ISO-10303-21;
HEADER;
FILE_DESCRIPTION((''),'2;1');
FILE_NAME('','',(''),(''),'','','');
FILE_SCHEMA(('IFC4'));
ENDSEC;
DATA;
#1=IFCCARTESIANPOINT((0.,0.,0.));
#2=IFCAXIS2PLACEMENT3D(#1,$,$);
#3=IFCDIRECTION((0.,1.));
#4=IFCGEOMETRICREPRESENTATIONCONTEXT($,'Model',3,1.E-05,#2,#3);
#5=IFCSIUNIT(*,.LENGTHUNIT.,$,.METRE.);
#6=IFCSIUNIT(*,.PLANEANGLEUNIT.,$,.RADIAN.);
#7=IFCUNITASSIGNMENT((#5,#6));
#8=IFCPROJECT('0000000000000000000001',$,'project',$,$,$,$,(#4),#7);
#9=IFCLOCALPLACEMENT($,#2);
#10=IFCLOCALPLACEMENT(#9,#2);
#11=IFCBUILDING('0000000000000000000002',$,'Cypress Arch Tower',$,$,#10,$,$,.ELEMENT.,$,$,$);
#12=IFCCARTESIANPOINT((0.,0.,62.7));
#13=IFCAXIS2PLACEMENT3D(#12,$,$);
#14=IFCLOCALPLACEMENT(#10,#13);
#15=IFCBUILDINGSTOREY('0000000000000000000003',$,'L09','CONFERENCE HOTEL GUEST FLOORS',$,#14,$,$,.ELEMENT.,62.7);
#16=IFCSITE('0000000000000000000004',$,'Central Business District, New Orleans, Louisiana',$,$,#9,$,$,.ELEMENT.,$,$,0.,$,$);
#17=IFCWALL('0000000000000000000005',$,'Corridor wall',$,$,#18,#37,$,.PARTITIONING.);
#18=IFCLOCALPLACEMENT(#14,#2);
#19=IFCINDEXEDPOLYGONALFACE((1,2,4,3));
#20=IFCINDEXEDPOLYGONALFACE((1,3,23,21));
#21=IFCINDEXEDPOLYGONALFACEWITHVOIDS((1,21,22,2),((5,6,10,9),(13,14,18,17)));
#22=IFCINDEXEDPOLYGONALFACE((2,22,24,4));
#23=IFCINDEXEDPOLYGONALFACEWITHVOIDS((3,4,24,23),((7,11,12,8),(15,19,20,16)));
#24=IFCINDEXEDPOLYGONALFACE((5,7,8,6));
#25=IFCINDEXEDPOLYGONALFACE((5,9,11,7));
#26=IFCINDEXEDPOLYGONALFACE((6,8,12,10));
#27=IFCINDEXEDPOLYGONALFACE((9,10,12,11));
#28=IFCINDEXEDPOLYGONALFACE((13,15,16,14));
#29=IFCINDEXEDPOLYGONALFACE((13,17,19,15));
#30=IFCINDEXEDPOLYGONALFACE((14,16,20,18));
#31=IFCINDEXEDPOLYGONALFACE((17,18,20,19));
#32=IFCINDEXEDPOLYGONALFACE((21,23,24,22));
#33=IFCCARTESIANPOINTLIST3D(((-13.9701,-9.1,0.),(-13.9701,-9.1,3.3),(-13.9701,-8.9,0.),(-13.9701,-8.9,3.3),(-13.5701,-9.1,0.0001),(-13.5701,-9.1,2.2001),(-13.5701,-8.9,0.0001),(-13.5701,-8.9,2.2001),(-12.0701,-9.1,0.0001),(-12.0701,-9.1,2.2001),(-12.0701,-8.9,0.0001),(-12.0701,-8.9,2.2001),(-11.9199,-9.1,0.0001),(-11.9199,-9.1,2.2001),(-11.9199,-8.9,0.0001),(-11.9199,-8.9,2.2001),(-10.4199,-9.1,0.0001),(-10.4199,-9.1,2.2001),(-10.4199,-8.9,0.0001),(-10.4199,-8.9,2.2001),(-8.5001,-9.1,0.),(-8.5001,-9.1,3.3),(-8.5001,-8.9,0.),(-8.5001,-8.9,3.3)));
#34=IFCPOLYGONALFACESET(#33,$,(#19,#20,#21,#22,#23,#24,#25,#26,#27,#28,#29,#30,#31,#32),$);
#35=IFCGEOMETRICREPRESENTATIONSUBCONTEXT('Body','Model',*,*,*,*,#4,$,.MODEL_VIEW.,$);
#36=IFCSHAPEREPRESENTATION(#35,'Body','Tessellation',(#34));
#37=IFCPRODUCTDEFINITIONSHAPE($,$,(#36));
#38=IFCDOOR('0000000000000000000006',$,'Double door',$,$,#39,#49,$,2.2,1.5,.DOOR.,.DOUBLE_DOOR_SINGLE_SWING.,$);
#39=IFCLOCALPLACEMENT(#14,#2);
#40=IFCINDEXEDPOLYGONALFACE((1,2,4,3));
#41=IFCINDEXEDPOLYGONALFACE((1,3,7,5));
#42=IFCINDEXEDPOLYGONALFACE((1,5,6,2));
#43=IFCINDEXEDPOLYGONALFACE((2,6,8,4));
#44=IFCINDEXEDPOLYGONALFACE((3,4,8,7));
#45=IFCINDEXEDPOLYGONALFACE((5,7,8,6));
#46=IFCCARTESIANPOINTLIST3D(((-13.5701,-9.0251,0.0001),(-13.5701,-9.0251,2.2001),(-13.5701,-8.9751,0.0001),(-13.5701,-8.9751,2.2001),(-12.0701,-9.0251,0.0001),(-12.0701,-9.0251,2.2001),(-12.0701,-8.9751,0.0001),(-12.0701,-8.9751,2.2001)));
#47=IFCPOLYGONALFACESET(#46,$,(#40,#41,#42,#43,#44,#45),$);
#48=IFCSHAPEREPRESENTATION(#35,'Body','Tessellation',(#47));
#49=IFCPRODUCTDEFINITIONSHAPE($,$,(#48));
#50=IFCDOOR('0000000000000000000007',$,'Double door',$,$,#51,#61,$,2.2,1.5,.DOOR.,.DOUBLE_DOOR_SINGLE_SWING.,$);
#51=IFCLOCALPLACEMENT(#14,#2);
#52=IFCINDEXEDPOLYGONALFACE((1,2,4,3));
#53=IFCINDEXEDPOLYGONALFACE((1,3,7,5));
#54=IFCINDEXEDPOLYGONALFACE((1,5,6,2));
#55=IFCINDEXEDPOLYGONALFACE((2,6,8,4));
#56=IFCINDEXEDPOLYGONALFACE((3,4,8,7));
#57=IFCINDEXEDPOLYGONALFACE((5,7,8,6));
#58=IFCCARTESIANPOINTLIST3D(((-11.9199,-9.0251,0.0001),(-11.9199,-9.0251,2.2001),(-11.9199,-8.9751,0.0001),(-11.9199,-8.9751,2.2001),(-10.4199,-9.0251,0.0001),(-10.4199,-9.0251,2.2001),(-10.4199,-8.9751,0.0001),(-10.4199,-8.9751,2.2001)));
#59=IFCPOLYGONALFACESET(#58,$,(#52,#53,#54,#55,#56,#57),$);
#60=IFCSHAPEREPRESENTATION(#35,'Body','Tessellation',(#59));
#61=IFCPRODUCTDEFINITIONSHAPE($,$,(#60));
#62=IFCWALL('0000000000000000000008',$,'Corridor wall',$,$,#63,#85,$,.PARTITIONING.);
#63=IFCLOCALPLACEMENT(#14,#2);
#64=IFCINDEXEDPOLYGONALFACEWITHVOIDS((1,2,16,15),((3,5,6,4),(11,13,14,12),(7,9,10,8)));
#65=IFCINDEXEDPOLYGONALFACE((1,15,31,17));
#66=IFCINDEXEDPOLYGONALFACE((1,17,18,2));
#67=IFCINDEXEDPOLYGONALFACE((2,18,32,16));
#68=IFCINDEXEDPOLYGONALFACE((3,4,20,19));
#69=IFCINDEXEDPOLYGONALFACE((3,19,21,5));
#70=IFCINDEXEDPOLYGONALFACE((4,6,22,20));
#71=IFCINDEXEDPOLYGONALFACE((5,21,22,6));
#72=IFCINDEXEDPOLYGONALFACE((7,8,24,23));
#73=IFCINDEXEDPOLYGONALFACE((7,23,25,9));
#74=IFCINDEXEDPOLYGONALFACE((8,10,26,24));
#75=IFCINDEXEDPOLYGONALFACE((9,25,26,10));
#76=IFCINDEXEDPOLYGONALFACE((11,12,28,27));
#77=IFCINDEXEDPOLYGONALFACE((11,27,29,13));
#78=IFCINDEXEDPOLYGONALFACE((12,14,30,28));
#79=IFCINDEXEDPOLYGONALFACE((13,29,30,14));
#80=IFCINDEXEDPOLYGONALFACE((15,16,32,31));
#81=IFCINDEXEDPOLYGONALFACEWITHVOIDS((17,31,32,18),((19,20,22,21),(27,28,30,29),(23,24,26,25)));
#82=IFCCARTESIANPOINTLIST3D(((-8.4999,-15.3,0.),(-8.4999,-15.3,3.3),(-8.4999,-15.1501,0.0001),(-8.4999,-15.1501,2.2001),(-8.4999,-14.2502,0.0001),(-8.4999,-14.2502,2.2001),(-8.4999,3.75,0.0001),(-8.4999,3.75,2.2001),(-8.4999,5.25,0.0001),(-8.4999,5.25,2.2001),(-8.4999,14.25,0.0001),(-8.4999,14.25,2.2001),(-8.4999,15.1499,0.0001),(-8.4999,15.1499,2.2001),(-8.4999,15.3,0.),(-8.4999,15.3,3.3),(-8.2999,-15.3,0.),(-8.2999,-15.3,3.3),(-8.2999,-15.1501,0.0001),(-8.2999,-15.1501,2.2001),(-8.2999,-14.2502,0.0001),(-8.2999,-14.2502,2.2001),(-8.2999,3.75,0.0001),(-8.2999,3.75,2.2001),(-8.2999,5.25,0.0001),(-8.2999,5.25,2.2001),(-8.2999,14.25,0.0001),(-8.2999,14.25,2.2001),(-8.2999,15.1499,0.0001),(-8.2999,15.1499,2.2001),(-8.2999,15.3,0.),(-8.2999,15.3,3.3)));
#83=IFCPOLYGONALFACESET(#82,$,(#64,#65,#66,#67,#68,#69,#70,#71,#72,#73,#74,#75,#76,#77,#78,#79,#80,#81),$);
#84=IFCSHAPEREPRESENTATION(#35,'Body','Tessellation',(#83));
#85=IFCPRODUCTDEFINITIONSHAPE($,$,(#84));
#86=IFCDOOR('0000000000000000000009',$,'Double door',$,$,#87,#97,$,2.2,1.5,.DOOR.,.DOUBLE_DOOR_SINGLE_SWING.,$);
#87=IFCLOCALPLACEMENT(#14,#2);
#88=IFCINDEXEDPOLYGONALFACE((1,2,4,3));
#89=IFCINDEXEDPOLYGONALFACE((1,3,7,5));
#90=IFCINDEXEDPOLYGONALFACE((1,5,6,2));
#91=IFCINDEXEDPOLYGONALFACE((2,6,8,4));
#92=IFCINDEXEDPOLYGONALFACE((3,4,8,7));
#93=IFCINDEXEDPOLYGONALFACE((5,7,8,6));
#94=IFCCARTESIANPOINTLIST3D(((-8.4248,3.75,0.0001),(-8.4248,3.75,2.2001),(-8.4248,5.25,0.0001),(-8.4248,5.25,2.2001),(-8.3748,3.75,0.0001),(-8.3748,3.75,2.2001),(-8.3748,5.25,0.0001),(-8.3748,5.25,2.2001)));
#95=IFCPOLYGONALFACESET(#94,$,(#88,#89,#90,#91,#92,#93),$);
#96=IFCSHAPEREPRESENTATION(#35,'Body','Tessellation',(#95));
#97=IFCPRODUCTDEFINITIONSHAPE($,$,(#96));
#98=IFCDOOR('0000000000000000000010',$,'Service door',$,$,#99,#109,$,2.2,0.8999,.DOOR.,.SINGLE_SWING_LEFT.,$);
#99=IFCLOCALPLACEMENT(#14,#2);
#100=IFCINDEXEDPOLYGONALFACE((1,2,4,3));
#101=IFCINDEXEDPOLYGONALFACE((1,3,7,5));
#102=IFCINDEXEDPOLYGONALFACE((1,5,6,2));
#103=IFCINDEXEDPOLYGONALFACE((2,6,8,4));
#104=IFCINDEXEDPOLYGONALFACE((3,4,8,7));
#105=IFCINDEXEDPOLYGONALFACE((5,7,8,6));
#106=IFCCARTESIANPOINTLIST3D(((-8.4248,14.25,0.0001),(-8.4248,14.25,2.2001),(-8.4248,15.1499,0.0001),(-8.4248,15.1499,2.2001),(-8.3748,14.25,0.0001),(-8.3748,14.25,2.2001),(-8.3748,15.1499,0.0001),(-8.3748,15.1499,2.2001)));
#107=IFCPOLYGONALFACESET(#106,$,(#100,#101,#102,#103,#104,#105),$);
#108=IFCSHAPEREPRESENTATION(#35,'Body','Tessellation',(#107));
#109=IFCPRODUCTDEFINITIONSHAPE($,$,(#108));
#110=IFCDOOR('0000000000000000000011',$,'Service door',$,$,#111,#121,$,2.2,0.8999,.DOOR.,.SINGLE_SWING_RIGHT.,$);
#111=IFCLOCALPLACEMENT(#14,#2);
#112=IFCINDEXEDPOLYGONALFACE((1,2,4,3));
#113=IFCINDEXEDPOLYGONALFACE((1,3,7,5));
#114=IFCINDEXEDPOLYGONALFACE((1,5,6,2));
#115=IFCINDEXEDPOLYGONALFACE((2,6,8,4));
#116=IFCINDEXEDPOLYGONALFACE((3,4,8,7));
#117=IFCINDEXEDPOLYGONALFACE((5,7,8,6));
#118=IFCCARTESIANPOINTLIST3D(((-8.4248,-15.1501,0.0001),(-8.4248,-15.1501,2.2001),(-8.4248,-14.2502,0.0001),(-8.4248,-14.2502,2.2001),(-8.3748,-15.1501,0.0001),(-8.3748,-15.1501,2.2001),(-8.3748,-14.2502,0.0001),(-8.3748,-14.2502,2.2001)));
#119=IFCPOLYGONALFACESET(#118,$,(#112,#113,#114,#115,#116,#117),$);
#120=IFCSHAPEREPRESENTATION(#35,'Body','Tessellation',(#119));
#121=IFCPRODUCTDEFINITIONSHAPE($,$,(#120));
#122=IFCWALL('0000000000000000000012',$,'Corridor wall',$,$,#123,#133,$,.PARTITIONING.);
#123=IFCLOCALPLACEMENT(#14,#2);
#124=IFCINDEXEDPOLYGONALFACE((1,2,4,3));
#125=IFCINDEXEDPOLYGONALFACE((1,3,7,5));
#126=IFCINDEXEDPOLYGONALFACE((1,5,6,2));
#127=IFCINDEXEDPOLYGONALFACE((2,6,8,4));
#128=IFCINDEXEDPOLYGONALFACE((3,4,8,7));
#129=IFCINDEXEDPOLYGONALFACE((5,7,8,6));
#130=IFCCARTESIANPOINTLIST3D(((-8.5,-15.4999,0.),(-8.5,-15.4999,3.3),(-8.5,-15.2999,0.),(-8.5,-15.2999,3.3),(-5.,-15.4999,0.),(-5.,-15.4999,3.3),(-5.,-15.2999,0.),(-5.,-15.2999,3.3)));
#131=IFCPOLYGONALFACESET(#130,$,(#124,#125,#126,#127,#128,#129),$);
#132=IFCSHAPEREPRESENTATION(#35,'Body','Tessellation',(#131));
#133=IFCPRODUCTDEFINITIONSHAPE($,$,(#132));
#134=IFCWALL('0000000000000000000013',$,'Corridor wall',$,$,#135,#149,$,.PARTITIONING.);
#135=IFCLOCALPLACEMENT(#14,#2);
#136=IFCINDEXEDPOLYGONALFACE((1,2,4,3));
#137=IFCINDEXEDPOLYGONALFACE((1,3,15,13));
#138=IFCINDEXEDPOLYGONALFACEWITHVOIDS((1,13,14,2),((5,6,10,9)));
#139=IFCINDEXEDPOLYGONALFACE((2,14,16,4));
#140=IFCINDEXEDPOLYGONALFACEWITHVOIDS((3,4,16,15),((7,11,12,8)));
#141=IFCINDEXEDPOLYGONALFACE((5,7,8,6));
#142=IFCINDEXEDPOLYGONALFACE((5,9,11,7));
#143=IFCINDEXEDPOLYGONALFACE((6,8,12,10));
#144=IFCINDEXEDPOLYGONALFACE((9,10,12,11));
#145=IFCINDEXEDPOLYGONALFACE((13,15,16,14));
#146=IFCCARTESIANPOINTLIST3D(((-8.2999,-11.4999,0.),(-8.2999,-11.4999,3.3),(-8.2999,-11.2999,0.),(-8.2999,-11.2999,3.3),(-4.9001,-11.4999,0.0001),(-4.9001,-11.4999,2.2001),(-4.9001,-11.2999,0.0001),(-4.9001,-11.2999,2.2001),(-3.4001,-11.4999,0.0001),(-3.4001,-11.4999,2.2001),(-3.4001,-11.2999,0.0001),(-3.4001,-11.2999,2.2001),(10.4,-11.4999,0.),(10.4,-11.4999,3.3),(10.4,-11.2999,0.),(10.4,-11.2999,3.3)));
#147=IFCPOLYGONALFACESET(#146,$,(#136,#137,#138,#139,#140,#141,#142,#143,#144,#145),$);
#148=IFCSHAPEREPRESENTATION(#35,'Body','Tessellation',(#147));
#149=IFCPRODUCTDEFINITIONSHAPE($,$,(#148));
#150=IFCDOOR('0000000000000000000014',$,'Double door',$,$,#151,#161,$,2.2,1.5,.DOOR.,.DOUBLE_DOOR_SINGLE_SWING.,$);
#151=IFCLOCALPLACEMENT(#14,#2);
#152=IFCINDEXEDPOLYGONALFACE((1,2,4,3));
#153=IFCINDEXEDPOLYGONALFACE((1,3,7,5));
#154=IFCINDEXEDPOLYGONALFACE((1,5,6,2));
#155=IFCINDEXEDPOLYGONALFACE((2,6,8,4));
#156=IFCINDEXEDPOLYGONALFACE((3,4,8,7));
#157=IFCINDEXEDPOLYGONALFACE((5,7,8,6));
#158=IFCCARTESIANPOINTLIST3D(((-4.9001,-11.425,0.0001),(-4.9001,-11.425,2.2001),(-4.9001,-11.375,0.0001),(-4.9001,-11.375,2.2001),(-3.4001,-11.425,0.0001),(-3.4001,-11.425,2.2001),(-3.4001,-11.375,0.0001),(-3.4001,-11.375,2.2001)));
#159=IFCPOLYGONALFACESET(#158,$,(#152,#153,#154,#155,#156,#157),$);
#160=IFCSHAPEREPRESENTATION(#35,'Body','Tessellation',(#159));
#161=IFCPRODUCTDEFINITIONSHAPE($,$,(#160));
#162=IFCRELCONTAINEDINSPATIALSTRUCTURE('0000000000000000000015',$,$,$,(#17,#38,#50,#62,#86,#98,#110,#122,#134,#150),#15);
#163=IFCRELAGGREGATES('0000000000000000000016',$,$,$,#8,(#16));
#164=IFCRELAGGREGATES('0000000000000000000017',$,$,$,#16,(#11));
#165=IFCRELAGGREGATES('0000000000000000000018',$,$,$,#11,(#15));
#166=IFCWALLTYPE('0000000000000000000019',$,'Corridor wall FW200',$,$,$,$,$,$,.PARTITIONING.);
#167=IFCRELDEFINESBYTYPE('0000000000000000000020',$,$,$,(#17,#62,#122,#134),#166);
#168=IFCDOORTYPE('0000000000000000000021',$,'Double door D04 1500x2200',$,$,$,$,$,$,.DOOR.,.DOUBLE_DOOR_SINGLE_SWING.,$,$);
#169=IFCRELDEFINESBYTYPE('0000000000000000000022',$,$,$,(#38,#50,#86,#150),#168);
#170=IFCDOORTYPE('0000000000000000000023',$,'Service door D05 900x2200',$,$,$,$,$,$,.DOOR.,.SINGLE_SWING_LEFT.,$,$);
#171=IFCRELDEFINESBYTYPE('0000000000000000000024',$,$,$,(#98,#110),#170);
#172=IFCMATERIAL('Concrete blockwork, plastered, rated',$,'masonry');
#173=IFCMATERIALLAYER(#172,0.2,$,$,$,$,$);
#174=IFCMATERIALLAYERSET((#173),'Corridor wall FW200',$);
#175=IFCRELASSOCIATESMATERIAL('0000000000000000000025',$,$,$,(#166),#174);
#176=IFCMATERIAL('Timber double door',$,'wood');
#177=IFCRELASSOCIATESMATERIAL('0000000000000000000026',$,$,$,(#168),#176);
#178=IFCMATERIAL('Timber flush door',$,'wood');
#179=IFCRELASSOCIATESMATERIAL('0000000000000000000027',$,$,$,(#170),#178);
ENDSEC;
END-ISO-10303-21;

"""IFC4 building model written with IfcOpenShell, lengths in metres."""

from ifc_helpers import new_model, si_unit, direction, frame, frame_2d, origin, place, context, subcontext, project, spatial, rectangle, extrude, material, layer, layer_set, type_object, element, fill, save


model = new_model("IFC4")

# Units and contexts
model_context = context("Model", 3, precision=1e-05, world=origin(), true_north=direction((0.0, 1.0)))
body_context = subcontext(model_context, "Body", "Model", "MODEL_VIEW")
ifc_project = project(units=[si_unit("LENGTHUNIT", "METRE"), si_unit("PLANEANGLEUNIT", "RADIAN")], contexts=[model_context])

# Site, building, storey
site_placement = place(None, origin())
site = spatial("IfcSite", under=ifc_project, at=site_placement, Name="Central Business District, New Orleans, Louisiana", CompositionType="ELEMENT", RefElevation=0.0)
building_placement = place(site_placement, origin())
building = spatial("IfcBuilding", under=site, at=building_placement, Name="Cypress Arch Tower", CompositionType="ELEMENT")
storey_placement = place(building_placement, frame((0.0, 0.0, 62.7)))
storey = spatial("IfcBuildingStorey", under=building, at=storey_placement, Name="L09", Description="CONFERENCE HOTEL GUEST FLOORS", CompositionType="ELEMENT", Elevation=62.7)

# Walls, openings, doors
ifc_material_1 = material(Name="Concrete blockwork, plastered, rated", Category="masonry")
ifc_layer_1 = layer(ifc_material_1, 0.2)
ifc_layer_set_1 = layer_set([ifc_layer_1], Name="Corridor wall FW200")
wall_type_1 = type_object("IfcWallType", Name="Corridor wall FW200", PredefinedType="PARTITIONING", material=ifc_layer_set_1)
wall_1_placement = place(storey_placement, frame((-13.97, -9.0, 0.0), z_axis=(0.0, 0.0, 1.0), x_axis=(1.0, 0.0, 0.0)))
wall_1 = element("IfcWall", 1, at=wall_1_placement, inside=storey, type_object=wall_type_1, Name="Corridor wall", PredefinedType="PARTITIONING", context=body_context, shape_type="SweptSolid", body=[
    extrude(rectangle(XDim=5.47, YDim=0.2, at=frame_2d((2.7349, 0.0))), origin(), (0.0, 0.0, 1.0), 3.3),
])
opening_1_placement = place(wall_1_placement, frame((0.3999, 0.0, 0.0)))
opening_1 = element("IfcOpeningElement", 2, at=opening_1_placement, cuts=wall_1, PredefinedType="OPENING", context=body_context, shape_type="SweptSolid", body=[
    extrude(rectangle(XDim=1.5, YDim=2.2, at=frame_2d((0.75, 1.1001))), frame((0.0, 0.1099, 0.0), z_axis=(0.0, -1.0, 0.0), x_axis=(1.0, 0.0, 0.0)), (0.0, 0.0, 1.0), 0.22),
])
opening_2_placement = place(wall_1_placement, frame((2.05, 0.0, 0.0)))
opening_2 = element("IfcOpeningElement", 3, at=opening_2_placement, cuts=wall_1, PredefinedType="OPENING", context=body_context, shape_type="SweptSolid", body=[
    extrude(rectangle(XDim=1.5, YDim=2.2, at=frame_2d((0.75, 1.1001))), frame((0.0, 0.1099, 0.0), z_axis=(0.0, -1.0, 0.0), x_axis=(1.0, 0.0, 0.0)), (0.0, 0.0, 1.0), 0.22),
])
ifc_material_2 = material(Name="Timber double door", Category="wood")
door_type_1 = type_object("IfcDoorType", Name="Double door D04 1500x2200", OperationType="DOUBLE_DOOR_SINGLE_SWING", PredefinedType="DOOR", material=ifc_material_2)
door_1_placement = place(opening_1_placement, origin())
door_1 = element("IfcDoor", 4, at=door_1_placement, inside=storey, type_object=door_type_1, Name="Double door", OperationType="DOUBLE_DOOR_SINGLE_SWING", OverallHeight=2.2, OverallWidth=1.5, PredefinedType="DOOR", context=body_context, shape_type="SweptSolid", body=[
    extrude(rectangle(XDim=1.5, YDim=2.2, at=frame_2d((0.75, 1.1001))), frame((0.0, 0.0249, 0.0), z_axis=(0.0, -1.0, 0.0), x_axis=(1.0, 0.0, 0.0)), (0.0, 0.0, 1.0), 0.05),
])
fill(opening_1, door_1)
door_2_placement = place(opening_2_placement, origin())
door_2 = element("IfcDoor", 5, at=door_2_placement, inside=storey, type_object=door_type_1, Name="Double door", OperationType="DOUBLE_DOOR_SINGLE_SWING", OverallHeight=2.2, OverallWidth=1.5, PredefinedType="DOOR", context=body_context, shape_type="SweptSolid", body=[
    extrude(rectangle(XDim=1.5, YDim=2.2, at=frame_2d((0.75, 1.1001))), frame((0.0, 0.0249, 0.0), z_axis=(0.0, -1.0, 0.0), x_axis=(1.0, 0.0, 0.0)), (0.0, 0.0, 1.0), 0.05),
])
fill(opening_2, door_2)
wall_2_placement = place(storey_placement, frame((-8.3999, -15.3, 0.0), z_axis=(0.0, 0.0, 1.0), x_axis=(0.0, 1.0, 0.0)))
wall_2 = element("IfcWall", 6, at=wall_2_placement, inside=storey, type_object=wall_type_1, Name="Corridor wall", PredefinedType="PARTITIONING", context=body_context, shape_type="SweptSolid", body=[
    extrude(rectangle(XDim=30.6001, YDim=0.2, at=frame_2d((15.3, 0.0))), origin(), (0.0, 0.0, 1.0), 3.3),
])
opening_3_placement = place(wall_2_placement, frame((19.05, 0.0, 0.0)))
opening_3 = element("IfcOpeningElement", 7, at=opening_3_placement, cuts=wall_2, PredefinedType="OPENING", context=body_context, shape_type="SweptSolid", body=[
    extrude(rectangle(XDim=1.5, YDim=2.2, at=frame_2d((0.75, 1.1001))), frame((0.0, 0.1099, 0.0), z_axis=(0.0, -1.0, 0.0), x_axis=(1.0, 0.0, 0.0)), (0.0, 0.0, 1.0), 0.22),
])
opening_4_placement = place(wall_2_placement, frame((29.55, 0.0, 0.0)))
opening_4 = element("IfcOpeningElement", 8, at=opening_4_placement, cuts=wall_2, PredefinedType="OPENING", context=body_context, shape_type="SweptSolid", body=[
    extrude(rectangle(XDim=0.8999, YDim=2.2, at=frame_2d((0.45, 1.1001))), frame((0.0, 0.1099, 0.0), z_axis=(0.0, -1.0, 0.0), x_axis=(1.0, 0.0, 0.0)), (0.0, 0.0, 1.0), 0.22),
])
opening_5_placement = place(wall_2_placement, frame((0.1499, 0.0, 0.0)))
opening_5 = element("IfcOpeningElement", 9, at=opening_5_placement, cuts=wall_2, PredefinedType="OPENING", context=body_context, shape_type="SweptSolid", body=[
    extrude(rectangle(XDim=0.8999, YDim=2.2, at=frame_2d((0.45, 1.1001))), frame((0.0, 0.1099, 0.0), z_axis=(0.0, -1.0, 0.0), x_axis=(1.0, 0.0, 0.0)), (0.0, 0.0, 1.0), 0.22),
])
door_3_placement = place(opening_3_placement, origin())
door_3 = element("IfcDoor", 10, at=door_3_placement, inside=storey, type_object=door_type_1, Name="Double door", OperationType="DOUBLE_DOOR_SINGLE_SWING", OverallHeight=2.2, OverallWidth=1.5, PredefinedType="DOOR", context=body_context, shape_type="SweptSolid", body=[
    extrude(rectangle(XDim=1.5, YDim=2.2, at=frame_2d((0.75, 1.1001))), frame((0.0, 0.0249, 0.0), z_axis=(0.0, -1.0, 0.0), x_axis=(1.0, 0.0, 0.0)), (0.0, 0.0, 1.0), 0.05),
])
fill(opening_3, door_3)
ifc_material_3 = material(Name="Timber flush door", Category="wood")
door_type_2 = type_object("IfcDoorType", Name="Service door D05 900x2200", OperationType="SINGLE_SWING_LEFT", PredefinedType="DOOR", material=ifc_material_3)
door_4_placement = place(opening_4_placement, origin())
door_4 = element("IfcDoor", 11, at=door_4_placement, inside=storey, type_object=door_type_2, Name="Service door", OperationType="SINGLE_SWING_LEFT", OverallHeight=2.2, OverallWidth=0.8999, PredefinedType="DOOR", context=body_context, shape_type="SweptSolid", body=[
    extrude(rectangle(XDim=0.8999, YDim=2.2, at=frame_2d((0.45, 1.1001))), frame((0.0, 0.0249, 0.0), z_axis=(0.0, -1.0, 0.0), x_axis=(1.0, 0.0, 0.0)), (0.0, 0.0, 1.0), 0.05),
])
fill(opening_4, door_4)
door_5_placement = place(opening_5_placement, origin())
door_5 = element("IfcDoor", 12, at=door_5_placement, inside=storey, type_object=door_type_2, Name="Service door", OperationType="SINGLE_SWING_RIGHT", OverallHeight=2.2, OverallWidth=0.8999, PredefinedType="DOOR", context=body_context, shape_type="SweptSolid", body=[
    extrude(rectangle(XDim=0.8999, YDim=2.2, at=frame_2d((0.45, 1.1001))), frame((0.0, 0.0249, 0.0), z_axis=(0.0, -1.0, 0.0), x_axis=(1.0, 0.0, 0.0)), (0.0, 0.0, 1.0), 0.05),
])
fill(opening_5, door_5)

# Wall
wall_3_placement = place(storey_placement, frame((-8.5, -15.3999, 0.0), z_axis=(0.0, 0.0, 1.0), x_axis=(1.0, 0.0, 0.0)))
element("IfcWall", 13, at=wall_3_placement, inside=storey, type_object=wall_type_1, Name="Corridor wall", PredefinedType="PARTITIONING", context=body_context, shape_type="SweptSolid", body=[
    extrude(rectangle(XDim=3.5, YDim=0.2, at=frame_2d((1.75, 0.0))), origin(), (0.0, 0.0, 1.0), 3.3),
])

# Wall, opening, door
wall_4_placement = place(storey_placement, frame((-8.3, -11.3999, 0.0), z_axis=(0.0, 0.0, 1.0), x_axis=(1.0, 0.0, 0.0)))
wall_4 = element("IfcWall", 14, at=wall_4_placement, inside=storey, type_object=wall_type_1, Name="Corridor wall", PredefinedType="PARTITIONING", context=body_context, shape_type="SweptSolid", body=[
    extrude(rectangle(XDim=18.7, YDim=0.2, at=frame_2d((9.3501, 0.0))), origin(), (0.0, 0.0, 1.0), 3.3),
])
opening_6_placement = place(wall_4_placement, frame((3.3999, 0.0, 0.0)))
opening_6 = element("IfcOpeningElement", 15, at=opening_6_placement, cuts=wall_4, PredefinedType="OPENING", context=body_context, shape_type="SweptSolid", body=[
    extrude(rectangle(XDim=1.5, YDim=2.2, at=frame_2d((0.75, 1.1001))), frame((0.0, 0.1099, 0.0), z_axis=(0.0, -1.0, 0.0), x_axis=(1.0, 0.0, 0.0)), (0.0, 0.0, 1.0), 0.22),
])
door_6_placement = place(opening_6_placement, origin())
door_6 = element("IfcDoor", 16, at=door_6_placement, inside=storey, type_object=door_type_1, Name="Double door", OperationType="DOUBLE_DOOR_SINGLE_SWING", OverallHeight=2.2, OverallWidth=1.5, PredefinedType="DOOR", context=body_context, shape_type="SweptSolid", body=[
    extrude(rectangle(XDim=1.5, YDim=2.2, at=frame_2d((0.75, 1.1001))), frame((0.0, 0.0249, 0.0), z_axis=(0.0, -1.0, 0.0), x_axis=(1.0, 0.0, 0.0)), (0.0, 0.0, 1.0), 0.05),
])
fill(opening_6, door_6)

save(model, "model.ifc")
